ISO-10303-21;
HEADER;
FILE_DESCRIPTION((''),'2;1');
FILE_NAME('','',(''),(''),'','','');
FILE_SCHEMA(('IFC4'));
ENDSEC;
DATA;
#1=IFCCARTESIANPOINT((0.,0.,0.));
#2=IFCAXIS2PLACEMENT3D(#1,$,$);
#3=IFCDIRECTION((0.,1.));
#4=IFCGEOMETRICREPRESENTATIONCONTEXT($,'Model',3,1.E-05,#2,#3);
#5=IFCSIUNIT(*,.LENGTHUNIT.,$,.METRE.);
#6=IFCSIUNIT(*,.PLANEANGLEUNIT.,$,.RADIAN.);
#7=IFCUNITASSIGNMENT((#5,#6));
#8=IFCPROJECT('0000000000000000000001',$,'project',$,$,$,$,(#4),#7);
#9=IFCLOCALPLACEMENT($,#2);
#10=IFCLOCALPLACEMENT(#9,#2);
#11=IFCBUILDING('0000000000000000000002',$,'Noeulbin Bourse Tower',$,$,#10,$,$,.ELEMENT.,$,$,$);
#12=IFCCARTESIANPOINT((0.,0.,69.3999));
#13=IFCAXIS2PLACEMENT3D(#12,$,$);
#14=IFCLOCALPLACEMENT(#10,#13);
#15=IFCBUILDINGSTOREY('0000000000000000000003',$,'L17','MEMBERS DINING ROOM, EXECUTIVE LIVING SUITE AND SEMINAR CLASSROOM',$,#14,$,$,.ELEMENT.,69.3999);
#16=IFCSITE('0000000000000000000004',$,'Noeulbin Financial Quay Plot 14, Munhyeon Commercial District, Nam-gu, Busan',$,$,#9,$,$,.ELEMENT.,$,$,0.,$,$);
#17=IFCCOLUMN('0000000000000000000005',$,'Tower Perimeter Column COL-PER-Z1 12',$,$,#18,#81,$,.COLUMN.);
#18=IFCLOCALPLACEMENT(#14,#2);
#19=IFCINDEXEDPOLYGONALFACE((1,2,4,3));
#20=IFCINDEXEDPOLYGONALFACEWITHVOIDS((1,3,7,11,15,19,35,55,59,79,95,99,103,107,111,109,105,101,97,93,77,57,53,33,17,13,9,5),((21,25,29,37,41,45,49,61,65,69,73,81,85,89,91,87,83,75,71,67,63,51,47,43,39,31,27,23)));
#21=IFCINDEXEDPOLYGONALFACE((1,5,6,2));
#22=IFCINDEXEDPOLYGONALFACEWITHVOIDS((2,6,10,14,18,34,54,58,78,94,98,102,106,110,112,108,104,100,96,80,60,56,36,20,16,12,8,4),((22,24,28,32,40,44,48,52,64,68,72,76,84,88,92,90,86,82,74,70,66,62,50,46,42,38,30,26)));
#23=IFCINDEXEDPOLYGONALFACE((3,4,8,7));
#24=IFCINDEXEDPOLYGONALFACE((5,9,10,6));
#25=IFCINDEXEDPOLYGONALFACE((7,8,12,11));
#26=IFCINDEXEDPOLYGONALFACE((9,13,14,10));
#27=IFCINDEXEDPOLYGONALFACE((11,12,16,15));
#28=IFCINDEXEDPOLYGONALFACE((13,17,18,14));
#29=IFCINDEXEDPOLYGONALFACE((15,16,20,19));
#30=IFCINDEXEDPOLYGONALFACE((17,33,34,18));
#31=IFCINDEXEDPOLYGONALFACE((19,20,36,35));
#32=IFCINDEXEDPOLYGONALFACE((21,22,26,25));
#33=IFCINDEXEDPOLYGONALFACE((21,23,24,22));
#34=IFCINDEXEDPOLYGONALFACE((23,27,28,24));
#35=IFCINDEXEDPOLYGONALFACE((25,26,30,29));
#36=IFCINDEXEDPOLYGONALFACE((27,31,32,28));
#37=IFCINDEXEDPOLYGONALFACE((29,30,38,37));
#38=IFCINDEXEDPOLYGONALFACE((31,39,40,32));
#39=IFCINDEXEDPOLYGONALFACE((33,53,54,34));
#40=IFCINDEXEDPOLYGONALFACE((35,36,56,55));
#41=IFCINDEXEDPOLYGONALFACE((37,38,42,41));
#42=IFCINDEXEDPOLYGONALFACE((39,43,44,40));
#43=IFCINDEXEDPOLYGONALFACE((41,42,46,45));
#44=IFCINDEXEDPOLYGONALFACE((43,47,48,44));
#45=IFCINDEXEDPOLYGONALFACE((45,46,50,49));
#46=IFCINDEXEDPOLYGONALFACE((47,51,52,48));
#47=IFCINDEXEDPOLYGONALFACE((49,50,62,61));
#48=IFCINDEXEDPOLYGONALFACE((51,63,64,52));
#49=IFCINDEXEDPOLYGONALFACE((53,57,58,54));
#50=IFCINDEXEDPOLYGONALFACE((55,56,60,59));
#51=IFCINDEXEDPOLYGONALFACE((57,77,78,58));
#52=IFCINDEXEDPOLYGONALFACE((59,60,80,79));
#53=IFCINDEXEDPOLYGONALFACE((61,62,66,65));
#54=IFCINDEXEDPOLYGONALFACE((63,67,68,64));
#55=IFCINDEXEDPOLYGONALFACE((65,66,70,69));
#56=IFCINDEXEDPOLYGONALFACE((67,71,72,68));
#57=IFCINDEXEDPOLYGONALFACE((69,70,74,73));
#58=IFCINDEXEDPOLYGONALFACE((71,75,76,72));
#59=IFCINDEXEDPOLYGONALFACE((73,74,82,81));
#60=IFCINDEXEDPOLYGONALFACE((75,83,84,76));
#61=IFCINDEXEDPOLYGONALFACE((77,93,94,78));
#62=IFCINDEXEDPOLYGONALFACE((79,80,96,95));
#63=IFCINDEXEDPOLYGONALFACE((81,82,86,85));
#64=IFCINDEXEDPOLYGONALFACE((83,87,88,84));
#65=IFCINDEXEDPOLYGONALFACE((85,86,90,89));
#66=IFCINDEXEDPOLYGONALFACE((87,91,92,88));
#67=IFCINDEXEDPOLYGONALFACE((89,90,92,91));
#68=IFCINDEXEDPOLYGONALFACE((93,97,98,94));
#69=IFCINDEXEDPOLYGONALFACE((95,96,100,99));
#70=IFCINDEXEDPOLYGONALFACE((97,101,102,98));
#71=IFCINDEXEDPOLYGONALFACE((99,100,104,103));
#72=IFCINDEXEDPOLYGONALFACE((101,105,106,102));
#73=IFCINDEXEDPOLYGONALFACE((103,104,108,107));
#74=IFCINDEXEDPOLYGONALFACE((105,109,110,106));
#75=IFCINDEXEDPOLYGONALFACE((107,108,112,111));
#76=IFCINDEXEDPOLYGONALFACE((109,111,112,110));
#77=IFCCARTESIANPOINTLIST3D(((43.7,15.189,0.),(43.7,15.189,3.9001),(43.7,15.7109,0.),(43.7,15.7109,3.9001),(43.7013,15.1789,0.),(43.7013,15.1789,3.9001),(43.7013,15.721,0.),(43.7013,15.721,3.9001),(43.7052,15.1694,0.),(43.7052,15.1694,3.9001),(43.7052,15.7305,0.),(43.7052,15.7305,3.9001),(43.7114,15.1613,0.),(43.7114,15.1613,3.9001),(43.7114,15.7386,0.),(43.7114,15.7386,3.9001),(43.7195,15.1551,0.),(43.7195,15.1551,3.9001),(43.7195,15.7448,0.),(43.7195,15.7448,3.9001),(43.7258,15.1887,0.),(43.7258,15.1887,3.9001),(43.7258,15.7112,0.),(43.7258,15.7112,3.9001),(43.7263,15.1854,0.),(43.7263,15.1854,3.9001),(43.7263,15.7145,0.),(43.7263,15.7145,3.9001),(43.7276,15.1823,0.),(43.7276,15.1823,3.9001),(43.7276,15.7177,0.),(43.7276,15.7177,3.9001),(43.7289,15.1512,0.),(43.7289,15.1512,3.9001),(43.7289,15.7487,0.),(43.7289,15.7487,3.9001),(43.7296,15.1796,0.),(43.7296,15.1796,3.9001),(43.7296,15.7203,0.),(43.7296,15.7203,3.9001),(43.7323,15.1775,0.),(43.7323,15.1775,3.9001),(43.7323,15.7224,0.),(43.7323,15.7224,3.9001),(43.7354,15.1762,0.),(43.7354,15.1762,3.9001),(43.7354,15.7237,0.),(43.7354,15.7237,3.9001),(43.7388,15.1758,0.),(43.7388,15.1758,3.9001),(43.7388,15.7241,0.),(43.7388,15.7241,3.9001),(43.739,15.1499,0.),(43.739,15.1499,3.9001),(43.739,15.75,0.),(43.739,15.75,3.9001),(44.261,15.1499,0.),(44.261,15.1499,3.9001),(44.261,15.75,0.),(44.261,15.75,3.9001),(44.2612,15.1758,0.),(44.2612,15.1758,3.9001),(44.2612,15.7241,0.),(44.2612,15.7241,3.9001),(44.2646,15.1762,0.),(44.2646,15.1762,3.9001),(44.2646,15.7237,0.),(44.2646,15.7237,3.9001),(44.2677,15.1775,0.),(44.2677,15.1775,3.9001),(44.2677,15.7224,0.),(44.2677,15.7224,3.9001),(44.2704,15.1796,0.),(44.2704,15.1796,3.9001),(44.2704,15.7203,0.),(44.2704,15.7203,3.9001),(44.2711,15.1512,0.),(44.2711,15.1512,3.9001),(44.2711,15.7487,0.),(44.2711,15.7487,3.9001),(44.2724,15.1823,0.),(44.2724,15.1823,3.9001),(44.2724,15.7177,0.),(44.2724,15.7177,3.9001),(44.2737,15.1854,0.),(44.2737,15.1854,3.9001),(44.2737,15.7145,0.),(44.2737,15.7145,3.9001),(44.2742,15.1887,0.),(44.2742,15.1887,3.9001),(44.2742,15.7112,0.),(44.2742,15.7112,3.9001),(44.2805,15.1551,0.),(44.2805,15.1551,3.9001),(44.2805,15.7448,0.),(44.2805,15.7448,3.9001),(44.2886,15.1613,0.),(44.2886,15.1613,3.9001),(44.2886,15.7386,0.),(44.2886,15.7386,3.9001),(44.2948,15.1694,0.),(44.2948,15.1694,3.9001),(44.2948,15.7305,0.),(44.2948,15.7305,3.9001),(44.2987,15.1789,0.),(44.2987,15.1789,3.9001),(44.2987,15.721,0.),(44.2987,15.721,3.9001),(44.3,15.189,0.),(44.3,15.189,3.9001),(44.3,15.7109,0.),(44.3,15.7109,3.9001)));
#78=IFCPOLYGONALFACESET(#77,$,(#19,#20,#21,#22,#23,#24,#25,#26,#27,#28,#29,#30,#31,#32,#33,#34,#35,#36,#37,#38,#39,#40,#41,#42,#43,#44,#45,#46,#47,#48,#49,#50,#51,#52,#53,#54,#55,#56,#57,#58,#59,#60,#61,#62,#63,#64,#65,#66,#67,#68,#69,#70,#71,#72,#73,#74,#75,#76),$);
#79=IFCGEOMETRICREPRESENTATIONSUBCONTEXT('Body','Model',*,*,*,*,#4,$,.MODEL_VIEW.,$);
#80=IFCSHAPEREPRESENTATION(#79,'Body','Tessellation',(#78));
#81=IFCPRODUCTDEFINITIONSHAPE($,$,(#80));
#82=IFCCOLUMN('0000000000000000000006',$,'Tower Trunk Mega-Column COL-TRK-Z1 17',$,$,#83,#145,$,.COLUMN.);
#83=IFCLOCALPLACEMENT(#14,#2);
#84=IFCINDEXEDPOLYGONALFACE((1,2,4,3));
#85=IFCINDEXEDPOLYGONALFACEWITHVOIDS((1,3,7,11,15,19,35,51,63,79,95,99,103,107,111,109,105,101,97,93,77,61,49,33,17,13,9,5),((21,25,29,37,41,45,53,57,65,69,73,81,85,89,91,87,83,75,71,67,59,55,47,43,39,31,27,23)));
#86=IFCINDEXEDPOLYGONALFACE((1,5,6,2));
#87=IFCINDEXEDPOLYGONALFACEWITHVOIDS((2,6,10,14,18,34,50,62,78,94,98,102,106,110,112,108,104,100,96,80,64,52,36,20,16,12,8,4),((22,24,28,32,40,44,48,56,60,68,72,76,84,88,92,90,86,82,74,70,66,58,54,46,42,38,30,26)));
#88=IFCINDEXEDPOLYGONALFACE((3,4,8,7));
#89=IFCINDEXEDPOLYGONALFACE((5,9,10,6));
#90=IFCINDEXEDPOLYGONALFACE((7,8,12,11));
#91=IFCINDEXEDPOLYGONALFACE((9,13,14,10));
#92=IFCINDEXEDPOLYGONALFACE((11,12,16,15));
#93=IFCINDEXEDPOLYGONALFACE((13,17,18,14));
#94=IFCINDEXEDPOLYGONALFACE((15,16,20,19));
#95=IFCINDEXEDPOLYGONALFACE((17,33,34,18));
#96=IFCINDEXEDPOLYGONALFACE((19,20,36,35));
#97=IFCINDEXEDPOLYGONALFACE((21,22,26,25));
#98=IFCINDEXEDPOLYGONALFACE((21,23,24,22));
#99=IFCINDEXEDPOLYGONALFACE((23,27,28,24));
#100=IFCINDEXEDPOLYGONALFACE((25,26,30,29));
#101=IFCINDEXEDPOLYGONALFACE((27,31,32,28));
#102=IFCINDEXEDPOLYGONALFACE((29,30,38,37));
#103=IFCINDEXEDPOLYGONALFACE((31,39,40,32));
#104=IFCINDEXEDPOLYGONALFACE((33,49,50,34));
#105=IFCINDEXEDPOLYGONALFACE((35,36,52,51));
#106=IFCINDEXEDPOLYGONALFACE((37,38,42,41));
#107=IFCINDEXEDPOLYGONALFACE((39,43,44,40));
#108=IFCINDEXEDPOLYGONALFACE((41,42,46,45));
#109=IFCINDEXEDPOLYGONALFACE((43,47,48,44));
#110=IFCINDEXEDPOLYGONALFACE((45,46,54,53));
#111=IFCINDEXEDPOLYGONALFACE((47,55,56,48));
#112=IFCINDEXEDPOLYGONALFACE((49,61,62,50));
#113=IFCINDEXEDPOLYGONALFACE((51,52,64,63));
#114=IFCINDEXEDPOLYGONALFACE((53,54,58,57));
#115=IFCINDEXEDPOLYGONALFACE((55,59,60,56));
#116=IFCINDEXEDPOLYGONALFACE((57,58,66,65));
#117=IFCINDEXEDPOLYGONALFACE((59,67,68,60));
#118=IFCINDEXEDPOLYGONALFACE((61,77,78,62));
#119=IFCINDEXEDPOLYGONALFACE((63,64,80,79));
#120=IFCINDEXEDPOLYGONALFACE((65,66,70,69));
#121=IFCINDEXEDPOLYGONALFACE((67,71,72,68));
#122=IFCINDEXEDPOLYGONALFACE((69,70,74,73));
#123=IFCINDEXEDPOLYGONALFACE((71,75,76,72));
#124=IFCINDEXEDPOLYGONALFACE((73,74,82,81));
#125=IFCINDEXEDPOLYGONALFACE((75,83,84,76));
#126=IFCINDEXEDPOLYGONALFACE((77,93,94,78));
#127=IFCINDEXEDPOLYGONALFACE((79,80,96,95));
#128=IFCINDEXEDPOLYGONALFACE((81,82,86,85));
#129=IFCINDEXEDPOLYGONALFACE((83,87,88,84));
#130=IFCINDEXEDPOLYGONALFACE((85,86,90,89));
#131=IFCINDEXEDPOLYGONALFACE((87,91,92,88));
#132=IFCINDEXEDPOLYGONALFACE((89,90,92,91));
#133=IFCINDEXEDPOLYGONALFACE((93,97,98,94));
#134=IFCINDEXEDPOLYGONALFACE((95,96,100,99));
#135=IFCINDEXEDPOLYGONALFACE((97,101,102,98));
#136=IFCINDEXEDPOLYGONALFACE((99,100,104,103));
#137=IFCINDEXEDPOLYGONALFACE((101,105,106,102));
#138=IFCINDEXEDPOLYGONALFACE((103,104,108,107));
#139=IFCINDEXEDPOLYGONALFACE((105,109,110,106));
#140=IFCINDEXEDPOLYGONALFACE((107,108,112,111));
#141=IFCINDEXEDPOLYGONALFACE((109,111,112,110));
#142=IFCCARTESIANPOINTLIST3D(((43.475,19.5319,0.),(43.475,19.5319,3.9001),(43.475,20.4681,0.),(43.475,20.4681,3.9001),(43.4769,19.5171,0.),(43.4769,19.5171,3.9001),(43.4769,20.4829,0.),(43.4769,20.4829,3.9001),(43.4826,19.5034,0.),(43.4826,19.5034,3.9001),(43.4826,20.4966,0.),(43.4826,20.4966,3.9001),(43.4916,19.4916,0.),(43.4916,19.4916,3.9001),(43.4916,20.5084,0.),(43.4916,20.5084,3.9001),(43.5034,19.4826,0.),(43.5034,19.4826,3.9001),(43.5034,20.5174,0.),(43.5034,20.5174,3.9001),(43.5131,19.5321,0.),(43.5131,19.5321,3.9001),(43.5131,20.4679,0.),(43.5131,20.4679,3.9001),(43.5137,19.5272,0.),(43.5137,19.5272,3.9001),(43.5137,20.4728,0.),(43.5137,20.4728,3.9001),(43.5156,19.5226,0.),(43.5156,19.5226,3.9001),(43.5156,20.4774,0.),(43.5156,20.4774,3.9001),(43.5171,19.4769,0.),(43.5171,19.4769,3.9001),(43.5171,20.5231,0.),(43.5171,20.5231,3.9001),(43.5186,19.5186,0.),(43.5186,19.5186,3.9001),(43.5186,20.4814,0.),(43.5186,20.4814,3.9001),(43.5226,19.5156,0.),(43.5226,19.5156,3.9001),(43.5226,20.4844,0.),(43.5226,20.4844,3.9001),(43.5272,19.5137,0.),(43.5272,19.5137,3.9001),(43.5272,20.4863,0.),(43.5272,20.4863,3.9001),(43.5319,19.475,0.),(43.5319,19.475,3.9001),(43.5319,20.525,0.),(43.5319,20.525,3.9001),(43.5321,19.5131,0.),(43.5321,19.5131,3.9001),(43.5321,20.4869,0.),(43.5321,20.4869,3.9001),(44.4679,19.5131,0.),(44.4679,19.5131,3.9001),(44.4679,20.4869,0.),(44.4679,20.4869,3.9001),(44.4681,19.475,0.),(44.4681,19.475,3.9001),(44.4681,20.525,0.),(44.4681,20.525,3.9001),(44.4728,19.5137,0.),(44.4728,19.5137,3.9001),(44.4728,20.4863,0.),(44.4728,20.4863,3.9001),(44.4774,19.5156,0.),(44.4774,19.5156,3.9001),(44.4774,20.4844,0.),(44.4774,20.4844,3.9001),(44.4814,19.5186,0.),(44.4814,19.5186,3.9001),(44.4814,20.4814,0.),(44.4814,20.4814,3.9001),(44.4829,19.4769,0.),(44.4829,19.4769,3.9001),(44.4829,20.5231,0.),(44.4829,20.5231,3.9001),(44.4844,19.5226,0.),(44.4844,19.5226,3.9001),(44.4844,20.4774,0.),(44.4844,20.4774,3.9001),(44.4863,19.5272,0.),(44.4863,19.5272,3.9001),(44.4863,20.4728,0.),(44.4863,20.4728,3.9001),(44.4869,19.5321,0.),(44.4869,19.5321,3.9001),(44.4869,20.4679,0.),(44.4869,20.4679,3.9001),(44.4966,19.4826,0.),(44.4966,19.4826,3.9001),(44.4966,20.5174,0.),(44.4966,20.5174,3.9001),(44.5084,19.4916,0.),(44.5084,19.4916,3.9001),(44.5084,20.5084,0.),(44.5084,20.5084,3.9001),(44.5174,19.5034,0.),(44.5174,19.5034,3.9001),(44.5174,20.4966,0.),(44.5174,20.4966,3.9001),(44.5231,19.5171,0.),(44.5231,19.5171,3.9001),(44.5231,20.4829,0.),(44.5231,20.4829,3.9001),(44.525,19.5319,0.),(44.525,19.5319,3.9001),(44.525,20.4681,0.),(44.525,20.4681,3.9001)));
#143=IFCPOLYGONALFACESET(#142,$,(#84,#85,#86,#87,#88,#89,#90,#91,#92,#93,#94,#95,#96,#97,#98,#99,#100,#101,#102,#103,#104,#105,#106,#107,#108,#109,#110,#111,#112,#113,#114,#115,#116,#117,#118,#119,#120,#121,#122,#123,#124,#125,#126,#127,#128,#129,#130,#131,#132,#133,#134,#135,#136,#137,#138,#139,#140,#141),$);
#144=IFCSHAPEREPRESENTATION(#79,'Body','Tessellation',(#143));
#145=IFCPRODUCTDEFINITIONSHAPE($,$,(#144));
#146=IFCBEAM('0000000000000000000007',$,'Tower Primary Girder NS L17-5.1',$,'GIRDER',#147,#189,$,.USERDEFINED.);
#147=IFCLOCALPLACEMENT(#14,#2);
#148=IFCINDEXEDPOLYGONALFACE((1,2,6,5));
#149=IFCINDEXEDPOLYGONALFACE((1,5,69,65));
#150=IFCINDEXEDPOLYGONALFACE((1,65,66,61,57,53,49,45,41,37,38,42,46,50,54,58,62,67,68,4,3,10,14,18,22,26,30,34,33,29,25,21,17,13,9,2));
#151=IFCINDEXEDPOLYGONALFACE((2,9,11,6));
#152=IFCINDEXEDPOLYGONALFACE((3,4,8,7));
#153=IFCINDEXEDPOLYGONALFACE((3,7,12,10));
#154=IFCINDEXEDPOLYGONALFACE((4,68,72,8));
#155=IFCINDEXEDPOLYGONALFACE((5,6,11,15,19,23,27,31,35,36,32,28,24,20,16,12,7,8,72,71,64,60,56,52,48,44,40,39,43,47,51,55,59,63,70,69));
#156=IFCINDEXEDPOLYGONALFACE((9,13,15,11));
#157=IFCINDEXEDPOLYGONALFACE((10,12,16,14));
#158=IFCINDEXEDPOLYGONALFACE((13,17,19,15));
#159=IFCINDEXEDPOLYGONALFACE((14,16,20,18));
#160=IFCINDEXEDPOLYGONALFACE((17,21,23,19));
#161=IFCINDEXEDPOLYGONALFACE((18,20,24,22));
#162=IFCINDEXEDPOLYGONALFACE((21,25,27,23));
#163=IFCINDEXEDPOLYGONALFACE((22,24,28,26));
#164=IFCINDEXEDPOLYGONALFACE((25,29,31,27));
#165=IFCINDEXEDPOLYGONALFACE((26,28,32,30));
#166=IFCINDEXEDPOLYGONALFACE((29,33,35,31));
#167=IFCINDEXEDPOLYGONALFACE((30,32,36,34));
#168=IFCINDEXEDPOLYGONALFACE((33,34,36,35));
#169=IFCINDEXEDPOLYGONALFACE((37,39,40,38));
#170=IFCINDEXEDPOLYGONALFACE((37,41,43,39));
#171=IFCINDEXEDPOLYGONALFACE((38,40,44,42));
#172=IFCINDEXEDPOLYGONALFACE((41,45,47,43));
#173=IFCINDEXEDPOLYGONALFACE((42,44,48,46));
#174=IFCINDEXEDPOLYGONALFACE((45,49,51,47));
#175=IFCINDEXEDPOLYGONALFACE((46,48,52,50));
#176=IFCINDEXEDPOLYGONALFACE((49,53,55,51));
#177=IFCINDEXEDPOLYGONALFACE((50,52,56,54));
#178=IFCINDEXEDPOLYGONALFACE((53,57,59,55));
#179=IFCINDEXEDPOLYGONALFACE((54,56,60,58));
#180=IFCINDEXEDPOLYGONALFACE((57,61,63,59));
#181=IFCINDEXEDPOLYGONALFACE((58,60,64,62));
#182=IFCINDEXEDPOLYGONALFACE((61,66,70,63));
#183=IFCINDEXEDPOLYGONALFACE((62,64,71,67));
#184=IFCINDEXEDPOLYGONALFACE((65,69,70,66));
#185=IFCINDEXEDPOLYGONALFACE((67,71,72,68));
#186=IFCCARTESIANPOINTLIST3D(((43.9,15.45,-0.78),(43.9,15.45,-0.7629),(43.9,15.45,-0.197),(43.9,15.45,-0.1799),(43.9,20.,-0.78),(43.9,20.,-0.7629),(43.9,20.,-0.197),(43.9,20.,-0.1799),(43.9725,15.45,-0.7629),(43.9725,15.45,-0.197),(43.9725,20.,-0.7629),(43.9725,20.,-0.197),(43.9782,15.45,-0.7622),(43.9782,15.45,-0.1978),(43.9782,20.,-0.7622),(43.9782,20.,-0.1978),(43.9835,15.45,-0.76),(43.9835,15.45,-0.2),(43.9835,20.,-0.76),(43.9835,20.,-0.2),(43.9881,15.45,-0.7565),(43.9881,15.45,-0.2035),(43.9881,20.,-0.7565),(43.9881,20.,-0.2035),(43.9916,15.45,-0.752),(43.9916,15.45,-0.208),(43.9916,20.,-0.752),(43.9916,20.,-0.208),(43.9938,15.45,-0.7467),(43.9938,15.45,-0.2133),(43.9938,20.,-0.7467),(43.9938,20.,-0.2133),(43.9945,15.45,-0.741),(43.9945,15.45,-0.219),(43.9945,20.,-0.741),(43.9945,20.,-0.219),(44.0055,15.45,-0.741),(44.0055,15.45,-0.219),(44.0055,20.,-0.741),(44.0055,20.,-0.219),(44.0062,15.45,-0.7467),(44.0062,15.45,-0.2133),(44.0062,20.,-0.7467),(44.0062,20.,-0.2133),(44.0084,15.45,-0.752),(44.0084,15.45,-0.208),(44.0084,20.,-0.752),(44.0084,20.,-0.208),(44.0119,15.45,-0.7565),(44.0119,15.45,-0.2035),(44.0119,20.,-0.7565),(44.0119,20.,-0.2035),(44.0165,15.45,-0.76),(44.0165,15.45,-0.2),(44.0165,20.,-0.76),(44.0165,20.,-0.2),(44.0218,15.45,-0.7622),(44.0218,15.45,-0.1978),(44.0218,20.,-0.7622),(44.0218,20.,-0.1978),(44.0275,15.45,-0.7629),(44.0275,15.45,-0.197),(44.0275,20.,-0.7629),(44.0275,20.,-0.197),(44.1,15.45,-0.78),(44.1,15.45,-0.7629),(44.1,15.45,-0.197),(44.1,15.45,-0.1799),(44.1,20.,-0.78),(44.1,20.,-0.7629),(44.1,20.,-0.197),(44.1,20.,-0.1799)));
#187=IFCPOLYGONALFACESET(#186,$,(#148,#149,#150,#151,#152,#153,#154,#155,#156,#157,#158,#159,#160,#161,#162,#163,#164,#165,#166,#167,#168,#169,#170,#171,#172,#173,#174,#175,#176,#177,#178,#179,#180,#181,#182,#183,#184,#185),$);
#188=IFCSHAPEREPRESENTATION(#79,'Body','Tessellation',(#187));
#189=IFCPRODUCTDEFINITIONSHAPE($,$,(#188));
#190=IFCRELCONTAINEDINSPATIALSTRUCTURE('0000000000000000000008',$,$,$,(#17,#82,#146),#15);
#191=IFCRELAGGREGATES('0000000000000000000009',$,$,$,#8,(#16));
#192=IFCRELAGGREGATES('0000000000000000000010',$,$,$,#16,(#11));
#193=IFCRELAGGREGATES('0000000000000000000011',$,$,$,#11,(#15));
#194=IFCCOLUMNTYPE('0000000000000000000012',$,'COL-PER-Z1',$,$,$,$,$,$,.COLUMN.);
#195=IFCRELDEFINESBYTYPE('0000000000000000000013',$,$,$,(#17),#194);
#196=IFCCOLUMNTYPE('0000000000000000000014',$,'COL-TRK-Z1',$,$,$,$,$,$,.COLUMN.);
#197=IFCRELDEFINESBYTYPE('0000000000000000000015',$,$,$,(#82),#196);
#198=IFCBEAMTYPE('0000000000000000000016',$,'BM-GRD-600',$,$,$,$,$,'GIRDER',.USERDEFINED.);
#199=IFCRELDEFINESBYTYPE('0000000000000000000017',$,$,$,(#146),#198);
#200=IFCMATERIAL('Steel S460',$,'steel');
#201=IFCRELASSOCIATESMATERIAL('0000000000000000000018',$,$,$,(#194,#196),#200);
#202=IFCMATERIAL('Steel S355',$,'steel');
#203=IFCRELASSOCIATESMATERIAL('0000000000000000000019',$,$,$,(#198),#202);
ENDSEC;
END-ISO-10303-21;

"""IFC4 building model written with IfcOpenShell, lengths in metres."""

from ifc_helpers import new_model, si_unit, direction, frame, origin, origin_2d, place, context, subcontext, project, spatial, hollow_rectangle, i_section, extrude, material, material_profile, profile_set, type_object, element, save


model = new_model("IFC4")

# Units and contexts
model_context = context("Model", 3, precision=1e-05, world=origin(), true_north=direction((0.0, 1.0)))
body_context = subcontext(model_context, "Body", "Model", "MODEL_VIEW")
ifc_project = project(units=[si_unit("LENGTHUNIT", "METRE"), si_unit("PLANEANGLEUNIT", "RADIAN")], contexts=[model_context])

# Site, building, storey
site_placement = place(None, origin())
site = spatial("IfcSite", under=ifc_project, at=site_placement, Name="Noeulbin Financial Quay Plot 14, Munhyeon Commercial District, Nam-gu, Busan", CompositionType="ELEMENT", RefElevation=0.0)
building_placement = place(site_placement, origin())
building = spatial("IfcBuilding", under=site, at=building_placement, Name="Noeulbin Bourse Tower", CompositionType="ELEMENT")
storey_placement = place(building_placement, frame((0.0, 0.0, 69.3999)))
storey = spatial("IfcBuildingStorey", under=building, at=storey_placement, Name="L17", Description="MEMBERS DINING ROOM, EXECUTIVE LIVING SUITE AND SEMINAR CLASSROOM", CompositionType="ELEMENT", Elevation=69.3999)

# Columns
ifc_material_1 = material(Name="Steel S460", Category="steel")
ifc_material_profile_1 = material_profile(ifc_material_1, hollow_rectangle(XDim=0.6001, YDim=0.6001, WallThickness=0.0259, InnerFilletRadius=0.0129, OuterFilletRadius=0.0391, at=origin_2d()), Name="BOX-600x600x26", Category="LoadBearing")
ifc_profile_set_1 = profile_set([ifc_material_profile_1], Name="Steel S460")
column_type_1 = type_object("IfcColumnType", Name="COL-PER-Z1", PredefinedType="COLUMN", material=ifc_profile_set_1)
column_1_placement = place(storey_placement, frame((44.0, 15.45, 0.0), z_axis=(0.0, 0.0, 1.0), x_axis=(1.0, 0.0, 0.0)))
element("IfcColumn", 1, at=column_1_placement, inside=storey, type_object=column_type_1, Name="Tower Perimeter Column COL-PER-Z1 12", PredefinedType="COLUMN", context=body_context, shape_type="SweptSolid", body=[
    extrude(hollow_rectangle(XDim=0.6001, YDim=0.6001, WallThickness=0.0259, InnerFilletRadius=0.0129, OuterFilletRadius=0.0391, at=origin_2d()), origin(), (0.0, 0.0, 1.0), 3.9001),
])
ifc_material_profile_2 = material_profile(ifc_material_1, hollow_rectangle(XDim=1.05, YDim=1.05, WallThickness=0.0381, InnerFilletRadius=0.019, OuterFilletRadius=0.0569, at=origin_2d()), Name="BOX-1050x1050x38", Category="LoadBearing")
ifc_profile_set_2 = profile_set([ifc_material_profile_2], Name="Steel S460")
column_type_2 = type_object("IfcColumnType", Name="COL-TRK-Z1", PredefinedType="COLUMN", material=ifc_profile_set_2)
column_2_placement = place(storey_placement, frame((44.0, 20.0, 0.0), z_axis=(0.0, 0.0, 1.0), x_axis=(1.0, 0.0, 0.0)))
element("IfcColumn", 2, at=column_2_placement, inside=storey, type_object=column_type_2, Name="Tower Trunk Mega-Column COL-TRK-Z1 17", PredefinedType="COLUMN", context=body_context, shape_type="SweptSolid", body=[
    extrude(hollow_rectangle(XDim=1.05, YDim=1.05, WallThickness=0.0381, InnerFilletRadius=0.019, OuterFilletRadius=0.0569, at=origin_2d()), origin(), (0.0, 0.0, 1.0), 3.9001),
])

# Beam
ifc_material_2 = material(Name="Steel S355", Category="steel")
ifc_material_profile_3 = material_profile(ifc_material_2, i_section(OverallWidth=0.2, OverallDepth=0.6001, WebThickness=0.011, FlangeThickness=0.0171, FilletRadius=0.022, at=origin_2d()), Name="H-600x200x11x17", Category="LoadBearing")
ifc_profile_set_3 = profile_set([ifc_material_profile_3], Name="Steel S355")
beam_type_1 = type_object("IfcBeamType", Name="BM-GRD-600", ElementType="GIRDER", PredefinedType="USERDEFINED", material=ifc_profile_set_3)
beam_1_placement = place(storey_placement, frame((44.0, 15.45, -0.48), z_axis=(0.0, 1.0, 0.0), x_axis=(-1.0, 0.0, 0.0)))
element("IfcBeam", 3, at=beam_1_placement, inside=storey, type_object=beam_type_1, Name="Tower Primary Girder NS L17-5.1", ObjectType="GIRDER", PredefinedType="USERDEFINED", context=body_context, shape_type="SweptSolid", body=[
    extrude(i_section(OverallWidth=0.2, OverallDepth=0.6001, WebThickness=0.011, FlangeThickness=0.0171, FilletRadius=0.022, at=origin_2d()), origin(), (0.0, 0.0, 1.0), 4.55),
])

save(model, "model.ifc")
